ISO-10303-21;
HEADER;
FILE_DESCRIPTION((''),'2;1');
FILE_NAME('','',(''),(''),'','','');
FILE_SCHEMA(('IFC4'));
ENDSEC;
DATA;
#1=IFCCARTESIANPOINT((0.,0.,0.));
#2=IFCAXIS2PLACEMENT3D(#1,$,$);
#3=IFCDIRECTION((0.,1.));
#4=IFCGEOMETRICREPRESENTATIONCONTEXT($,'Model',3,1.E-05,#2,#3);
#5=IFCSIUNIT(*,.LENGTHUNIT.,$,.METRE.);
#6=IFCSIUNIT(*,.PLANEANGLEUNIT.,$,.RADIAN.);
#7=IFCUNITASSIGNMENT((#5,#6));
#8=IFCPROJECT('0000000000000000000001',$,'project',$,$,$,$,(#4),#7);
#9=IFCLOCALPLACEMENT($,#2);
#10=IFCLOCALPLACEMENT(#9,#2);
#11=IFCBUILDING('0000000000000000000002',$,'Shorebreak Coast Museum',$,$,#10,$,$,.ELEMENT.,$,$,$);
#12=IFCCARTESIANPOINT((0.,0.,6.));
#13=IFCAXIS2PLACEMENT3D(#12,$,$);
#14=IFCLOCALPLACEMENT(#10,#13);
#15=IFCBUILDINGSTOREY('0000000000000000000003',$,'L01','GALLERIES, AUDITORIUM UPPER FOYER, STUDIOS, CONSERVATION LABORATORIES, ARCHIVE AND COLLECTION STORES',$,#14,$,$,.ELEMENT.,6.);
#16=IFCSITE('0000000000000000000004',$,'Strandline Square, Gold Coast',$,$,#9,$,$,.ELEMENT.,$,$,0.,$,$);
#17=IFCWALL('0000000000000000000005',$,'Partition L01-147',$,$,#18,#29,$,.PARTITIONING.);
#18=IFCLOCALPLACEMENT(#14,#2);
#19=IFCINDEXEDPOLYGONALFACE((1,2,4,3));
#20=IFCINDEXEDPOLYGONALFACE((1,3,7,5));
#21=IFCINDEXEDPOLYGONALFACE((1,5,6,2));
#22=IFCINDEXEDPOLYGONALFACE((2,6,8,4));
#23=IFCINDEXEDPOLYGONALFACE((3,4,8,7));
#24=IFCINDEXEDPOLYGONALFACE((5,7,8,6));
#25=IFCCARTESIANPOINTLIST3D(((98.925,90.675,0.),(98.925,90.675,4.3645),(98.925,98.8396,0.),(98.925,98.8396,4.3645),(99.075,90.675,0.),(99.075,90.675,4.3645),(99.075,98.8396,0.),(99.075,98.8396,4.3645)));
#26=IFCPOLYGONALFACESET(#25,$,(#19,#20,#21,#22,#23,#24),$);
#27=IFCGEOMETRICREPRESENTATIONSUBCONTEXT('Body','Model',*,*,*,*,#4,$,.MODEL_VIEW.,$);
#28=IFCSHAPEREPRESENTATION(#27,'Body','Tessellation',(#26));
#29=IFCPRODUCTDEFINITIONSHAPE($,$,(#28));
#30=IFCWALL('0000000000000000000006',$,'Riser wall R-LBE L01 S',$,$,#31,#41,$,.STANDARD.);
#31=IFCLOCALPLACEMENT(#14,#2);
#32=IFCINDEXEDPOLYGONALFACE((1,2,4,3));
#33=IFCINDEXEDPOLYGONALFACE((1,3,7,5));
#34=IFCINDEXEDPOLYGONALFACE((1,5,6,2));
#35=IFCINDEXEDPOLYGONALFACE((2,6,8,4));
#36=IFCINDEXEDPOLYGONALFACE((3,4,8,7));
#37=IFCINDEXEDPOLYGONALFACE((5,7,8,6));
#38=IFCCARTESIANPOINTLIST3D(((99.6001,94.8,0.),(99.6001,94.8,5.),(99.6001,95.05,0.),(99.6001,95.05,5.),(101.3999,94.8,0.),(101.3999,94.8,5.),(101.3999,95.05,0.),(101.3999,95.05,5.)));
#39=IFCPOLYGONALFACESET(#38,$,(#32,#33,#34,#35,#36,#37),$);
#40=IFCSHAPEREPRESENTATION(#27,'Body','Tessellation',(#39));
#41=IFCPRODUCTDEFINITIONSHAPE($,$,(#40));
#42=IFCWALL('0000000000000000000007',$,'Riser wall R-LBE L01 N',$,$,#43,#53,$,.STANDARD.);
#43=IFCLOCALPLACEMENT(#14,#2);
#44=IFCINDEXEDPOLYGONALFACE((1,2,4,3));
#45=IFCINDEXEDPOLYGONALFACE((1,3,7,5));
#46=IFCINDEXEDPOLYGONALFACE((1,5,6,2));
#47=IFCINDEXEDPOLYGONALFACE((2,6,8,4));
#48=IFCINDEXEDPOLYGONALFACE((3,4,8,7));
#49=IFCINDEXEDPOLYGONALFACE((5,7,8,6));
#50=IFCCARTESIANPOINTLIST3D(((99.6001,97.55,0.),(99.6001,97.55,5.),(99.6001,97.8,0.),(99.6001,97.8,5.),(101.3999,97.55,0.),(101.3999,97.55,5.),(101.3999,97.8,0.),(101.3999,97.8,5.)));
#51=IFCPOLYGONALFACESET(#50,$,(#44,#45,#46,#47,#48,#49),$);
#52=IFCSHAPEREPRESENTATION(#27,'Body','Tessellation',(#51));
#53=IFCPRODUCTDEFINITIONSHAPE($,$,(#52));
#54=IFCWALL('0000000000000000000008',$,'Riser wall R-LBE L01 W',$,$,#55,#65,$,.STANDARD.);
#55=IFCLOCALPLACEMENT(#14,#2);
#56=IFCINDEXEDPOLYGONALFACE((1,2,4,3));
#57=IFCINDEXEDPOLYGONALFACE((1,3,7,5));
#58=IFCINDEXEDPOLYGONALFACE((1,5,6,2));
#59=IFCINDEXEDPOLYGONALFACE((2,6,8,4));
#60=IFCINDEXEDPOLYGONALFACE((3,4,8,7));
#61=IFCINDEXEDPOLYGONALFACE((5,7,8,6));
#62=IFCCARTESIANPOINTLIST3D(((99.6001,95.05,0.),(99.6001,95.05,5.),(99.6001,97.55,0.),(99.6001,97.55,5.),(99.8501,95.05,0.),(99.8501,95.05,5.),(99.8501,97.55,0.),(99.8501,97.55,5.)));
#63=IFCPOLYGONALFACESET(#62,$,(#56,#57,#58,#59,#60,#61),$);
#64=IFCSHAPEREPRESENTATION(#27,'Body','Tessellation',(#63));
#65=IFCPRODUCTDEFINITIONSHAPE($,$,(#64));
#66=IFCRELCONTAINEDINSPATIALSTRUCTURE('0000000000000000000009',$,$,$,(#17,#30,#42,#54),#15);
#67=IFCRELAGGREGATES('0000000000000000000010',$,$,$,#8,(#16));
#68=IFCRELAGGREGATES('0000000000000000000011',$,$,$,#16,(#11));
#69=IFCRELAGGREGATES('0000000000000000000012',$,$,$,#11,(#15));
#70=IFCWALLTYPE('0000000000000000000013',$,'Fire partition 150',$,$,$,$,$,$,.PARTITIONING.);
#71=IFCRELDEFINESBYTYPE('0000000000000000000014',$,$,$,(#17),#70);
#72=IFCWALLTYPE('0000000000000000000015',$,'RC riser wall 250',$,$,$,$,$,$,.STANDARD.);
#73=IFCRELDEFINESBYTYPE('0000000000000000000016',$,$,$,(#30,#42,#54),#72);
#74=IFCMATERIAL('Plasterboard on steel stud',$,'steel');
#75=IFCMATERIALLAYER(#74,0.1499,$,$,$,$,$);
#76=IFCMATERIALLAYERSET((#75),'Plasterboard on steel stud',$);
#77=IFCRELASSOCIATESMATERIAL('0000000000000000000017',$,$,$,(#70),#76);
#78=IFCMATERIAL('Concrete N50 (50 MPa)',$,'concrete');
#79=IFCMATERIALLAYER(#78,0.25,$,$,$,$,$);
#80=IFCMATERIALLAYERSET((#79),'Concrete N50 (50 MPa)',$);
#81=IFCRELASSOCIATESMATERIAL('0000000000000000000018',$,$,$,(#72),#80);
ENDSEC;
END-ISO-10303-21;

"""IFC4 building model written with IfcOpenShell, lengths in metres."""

from ifc_helpers import new_model, si_unit, direction, frame, frame_2d, origin, place, context, subcontext, project, spatial, rectangle, extrude, material, layer, layer_set, type_object, element, save


model = new_model("IFC4")

# Units and contexts
model_context = context("Model", 3, precision=1e-05, world=origin(), true_north=direction((0.0, 1.0)))
body_context = subcontext(model_context, "Body", "Model", "MODEL_VIEW")
ifc_project = project(units=[si_unit("LENGTHUNIT", "METRE"), si_unit("PLANEANGLEUNIT", "RADIAN")], contexts=[model_context])

# Site, building, storey
site_placement = place(None, origin())
site = spatial("IfcSite", under=ifc_project, at=site_placement, Name="Strandline Square, Gold Coast", CompositionType="ELEMENT", RefElevation=0.0)
building_placement = place(site_placement, origin())
building = spatial("IfcBuilding", under=site, at=building_placement, Name="Shorebreak Coast Museum", CompositionType="ELEMENT")
storey_placement = place(building_placement, frame((0.0, 0.0, 6.0)))
storey = spatial("IfcBuildingStorey", under=building, at=storey_placement, Name="L01", Description="GALLERIES, AUDITORIUM UPPER FOYER, STUDIOS, CONSERVATION LABORATORIES, ARCHIVE AND COLLECTION STORES", CompositionType="ELEMENT", Elevation=6.0)

# Shared definitions
ifc_material_1 = material(Name="Plasterboard on steel stud", Category="steel")
ifc_layer_1 = layer(ifc_material_1, 0.1499)
ifc_layer_set_1 = layer_set([ifc_layer_1], Name="Plasterboard on steel stud")
wall_type_1 = type_object("IfcWallType", Name="Fire partition 150", PredefinedType="PARTITIONING", material=ifc_layer_set_1)

# Walls
wall_1_placement = place(storey_placement, frame((99.0, 90.675, 0.0), z_axis=(0.0, 0.0, 1.0), x_axis=(0.0, 1.0, 0.0)))
element("IfcWall", 1, at=wall_1_placement, inside=storey, type_object=wall_type_1, Name="Partition L01-147", PredefinedType="PARTITIONING", context=body_context, shape_type="SweptSolid", body=[
    extrude(rectangle(XDim=8.1646, YDim=0.1499, at=frame_2d((4.0823, 0.0))), origin(), (0.0, 0.0, 1.0), 4.3645),
])
ifc_material_2 = material(Name="Concrete N50 (50 MPa)", Category="concrete")
ifc_layer_2 = layer(ifc_material_2, 0.25)
ifc_layer_set_2 = layer_set([ifc_layer_2], Name="Concrete N50 (50 MPa)")
wall_type_2 = type_object("IfcWallType", Name="RC riser wall 250", PredefinedType="STANDARD", material=ifc_layer_set_2)
for number, where, z_axis, x_axis, name in (
    (2, (99.6001, 94.925, 0.0), (0.0, 0.0, 1.0), (1.0, 0.0, 0.0), "Riser wall R-LBE L01 S"),
    (3, (99.6001, 97.675, 0.0), (0.0, 0.0, 1.0), (1.0, 0.0, 0.0), "Riser wall R-LBE L01 N"),
):
    element("IfcWall", number, at=place(storey_placement, frame(where, z_axis=z_axis, x_axis=x_axis)), inside=storey, type_object=wall_type_2, Name=name, PredefinedType="STANDARD", context=body_context, shape_type="SweptSolid", body=[
        extrude(rectangle(XDim=1.7998, YDim=0.25, at=frame_2d((0.8999, 0.0))), origin(), (0.0, 0.0, 1.0), 5.0),
    ])
wall_2_placement = place(storey_placement, frame((99.7251, 95.05, 0.0), z_axis=(0.0, 0.0, 1.0), x_axis=(0.0, 1.0, 0.0)))
element("IfcWall", 4, at=wall_2_placement, inside=storey, type_object=wall_type_2, Name="Riser wall R-LBE L01 W", PredefinedType="STANDARD", context=body_context, shape_type="SweptSolid", body=[
    extrude(rectangle(XDim=2.5, YDim=0.25, at=frame_2d((1.25, 0.0))), origin(), (0.0, 0.0, 1.0), 5.0),
])

save(model, "model.ifc")
